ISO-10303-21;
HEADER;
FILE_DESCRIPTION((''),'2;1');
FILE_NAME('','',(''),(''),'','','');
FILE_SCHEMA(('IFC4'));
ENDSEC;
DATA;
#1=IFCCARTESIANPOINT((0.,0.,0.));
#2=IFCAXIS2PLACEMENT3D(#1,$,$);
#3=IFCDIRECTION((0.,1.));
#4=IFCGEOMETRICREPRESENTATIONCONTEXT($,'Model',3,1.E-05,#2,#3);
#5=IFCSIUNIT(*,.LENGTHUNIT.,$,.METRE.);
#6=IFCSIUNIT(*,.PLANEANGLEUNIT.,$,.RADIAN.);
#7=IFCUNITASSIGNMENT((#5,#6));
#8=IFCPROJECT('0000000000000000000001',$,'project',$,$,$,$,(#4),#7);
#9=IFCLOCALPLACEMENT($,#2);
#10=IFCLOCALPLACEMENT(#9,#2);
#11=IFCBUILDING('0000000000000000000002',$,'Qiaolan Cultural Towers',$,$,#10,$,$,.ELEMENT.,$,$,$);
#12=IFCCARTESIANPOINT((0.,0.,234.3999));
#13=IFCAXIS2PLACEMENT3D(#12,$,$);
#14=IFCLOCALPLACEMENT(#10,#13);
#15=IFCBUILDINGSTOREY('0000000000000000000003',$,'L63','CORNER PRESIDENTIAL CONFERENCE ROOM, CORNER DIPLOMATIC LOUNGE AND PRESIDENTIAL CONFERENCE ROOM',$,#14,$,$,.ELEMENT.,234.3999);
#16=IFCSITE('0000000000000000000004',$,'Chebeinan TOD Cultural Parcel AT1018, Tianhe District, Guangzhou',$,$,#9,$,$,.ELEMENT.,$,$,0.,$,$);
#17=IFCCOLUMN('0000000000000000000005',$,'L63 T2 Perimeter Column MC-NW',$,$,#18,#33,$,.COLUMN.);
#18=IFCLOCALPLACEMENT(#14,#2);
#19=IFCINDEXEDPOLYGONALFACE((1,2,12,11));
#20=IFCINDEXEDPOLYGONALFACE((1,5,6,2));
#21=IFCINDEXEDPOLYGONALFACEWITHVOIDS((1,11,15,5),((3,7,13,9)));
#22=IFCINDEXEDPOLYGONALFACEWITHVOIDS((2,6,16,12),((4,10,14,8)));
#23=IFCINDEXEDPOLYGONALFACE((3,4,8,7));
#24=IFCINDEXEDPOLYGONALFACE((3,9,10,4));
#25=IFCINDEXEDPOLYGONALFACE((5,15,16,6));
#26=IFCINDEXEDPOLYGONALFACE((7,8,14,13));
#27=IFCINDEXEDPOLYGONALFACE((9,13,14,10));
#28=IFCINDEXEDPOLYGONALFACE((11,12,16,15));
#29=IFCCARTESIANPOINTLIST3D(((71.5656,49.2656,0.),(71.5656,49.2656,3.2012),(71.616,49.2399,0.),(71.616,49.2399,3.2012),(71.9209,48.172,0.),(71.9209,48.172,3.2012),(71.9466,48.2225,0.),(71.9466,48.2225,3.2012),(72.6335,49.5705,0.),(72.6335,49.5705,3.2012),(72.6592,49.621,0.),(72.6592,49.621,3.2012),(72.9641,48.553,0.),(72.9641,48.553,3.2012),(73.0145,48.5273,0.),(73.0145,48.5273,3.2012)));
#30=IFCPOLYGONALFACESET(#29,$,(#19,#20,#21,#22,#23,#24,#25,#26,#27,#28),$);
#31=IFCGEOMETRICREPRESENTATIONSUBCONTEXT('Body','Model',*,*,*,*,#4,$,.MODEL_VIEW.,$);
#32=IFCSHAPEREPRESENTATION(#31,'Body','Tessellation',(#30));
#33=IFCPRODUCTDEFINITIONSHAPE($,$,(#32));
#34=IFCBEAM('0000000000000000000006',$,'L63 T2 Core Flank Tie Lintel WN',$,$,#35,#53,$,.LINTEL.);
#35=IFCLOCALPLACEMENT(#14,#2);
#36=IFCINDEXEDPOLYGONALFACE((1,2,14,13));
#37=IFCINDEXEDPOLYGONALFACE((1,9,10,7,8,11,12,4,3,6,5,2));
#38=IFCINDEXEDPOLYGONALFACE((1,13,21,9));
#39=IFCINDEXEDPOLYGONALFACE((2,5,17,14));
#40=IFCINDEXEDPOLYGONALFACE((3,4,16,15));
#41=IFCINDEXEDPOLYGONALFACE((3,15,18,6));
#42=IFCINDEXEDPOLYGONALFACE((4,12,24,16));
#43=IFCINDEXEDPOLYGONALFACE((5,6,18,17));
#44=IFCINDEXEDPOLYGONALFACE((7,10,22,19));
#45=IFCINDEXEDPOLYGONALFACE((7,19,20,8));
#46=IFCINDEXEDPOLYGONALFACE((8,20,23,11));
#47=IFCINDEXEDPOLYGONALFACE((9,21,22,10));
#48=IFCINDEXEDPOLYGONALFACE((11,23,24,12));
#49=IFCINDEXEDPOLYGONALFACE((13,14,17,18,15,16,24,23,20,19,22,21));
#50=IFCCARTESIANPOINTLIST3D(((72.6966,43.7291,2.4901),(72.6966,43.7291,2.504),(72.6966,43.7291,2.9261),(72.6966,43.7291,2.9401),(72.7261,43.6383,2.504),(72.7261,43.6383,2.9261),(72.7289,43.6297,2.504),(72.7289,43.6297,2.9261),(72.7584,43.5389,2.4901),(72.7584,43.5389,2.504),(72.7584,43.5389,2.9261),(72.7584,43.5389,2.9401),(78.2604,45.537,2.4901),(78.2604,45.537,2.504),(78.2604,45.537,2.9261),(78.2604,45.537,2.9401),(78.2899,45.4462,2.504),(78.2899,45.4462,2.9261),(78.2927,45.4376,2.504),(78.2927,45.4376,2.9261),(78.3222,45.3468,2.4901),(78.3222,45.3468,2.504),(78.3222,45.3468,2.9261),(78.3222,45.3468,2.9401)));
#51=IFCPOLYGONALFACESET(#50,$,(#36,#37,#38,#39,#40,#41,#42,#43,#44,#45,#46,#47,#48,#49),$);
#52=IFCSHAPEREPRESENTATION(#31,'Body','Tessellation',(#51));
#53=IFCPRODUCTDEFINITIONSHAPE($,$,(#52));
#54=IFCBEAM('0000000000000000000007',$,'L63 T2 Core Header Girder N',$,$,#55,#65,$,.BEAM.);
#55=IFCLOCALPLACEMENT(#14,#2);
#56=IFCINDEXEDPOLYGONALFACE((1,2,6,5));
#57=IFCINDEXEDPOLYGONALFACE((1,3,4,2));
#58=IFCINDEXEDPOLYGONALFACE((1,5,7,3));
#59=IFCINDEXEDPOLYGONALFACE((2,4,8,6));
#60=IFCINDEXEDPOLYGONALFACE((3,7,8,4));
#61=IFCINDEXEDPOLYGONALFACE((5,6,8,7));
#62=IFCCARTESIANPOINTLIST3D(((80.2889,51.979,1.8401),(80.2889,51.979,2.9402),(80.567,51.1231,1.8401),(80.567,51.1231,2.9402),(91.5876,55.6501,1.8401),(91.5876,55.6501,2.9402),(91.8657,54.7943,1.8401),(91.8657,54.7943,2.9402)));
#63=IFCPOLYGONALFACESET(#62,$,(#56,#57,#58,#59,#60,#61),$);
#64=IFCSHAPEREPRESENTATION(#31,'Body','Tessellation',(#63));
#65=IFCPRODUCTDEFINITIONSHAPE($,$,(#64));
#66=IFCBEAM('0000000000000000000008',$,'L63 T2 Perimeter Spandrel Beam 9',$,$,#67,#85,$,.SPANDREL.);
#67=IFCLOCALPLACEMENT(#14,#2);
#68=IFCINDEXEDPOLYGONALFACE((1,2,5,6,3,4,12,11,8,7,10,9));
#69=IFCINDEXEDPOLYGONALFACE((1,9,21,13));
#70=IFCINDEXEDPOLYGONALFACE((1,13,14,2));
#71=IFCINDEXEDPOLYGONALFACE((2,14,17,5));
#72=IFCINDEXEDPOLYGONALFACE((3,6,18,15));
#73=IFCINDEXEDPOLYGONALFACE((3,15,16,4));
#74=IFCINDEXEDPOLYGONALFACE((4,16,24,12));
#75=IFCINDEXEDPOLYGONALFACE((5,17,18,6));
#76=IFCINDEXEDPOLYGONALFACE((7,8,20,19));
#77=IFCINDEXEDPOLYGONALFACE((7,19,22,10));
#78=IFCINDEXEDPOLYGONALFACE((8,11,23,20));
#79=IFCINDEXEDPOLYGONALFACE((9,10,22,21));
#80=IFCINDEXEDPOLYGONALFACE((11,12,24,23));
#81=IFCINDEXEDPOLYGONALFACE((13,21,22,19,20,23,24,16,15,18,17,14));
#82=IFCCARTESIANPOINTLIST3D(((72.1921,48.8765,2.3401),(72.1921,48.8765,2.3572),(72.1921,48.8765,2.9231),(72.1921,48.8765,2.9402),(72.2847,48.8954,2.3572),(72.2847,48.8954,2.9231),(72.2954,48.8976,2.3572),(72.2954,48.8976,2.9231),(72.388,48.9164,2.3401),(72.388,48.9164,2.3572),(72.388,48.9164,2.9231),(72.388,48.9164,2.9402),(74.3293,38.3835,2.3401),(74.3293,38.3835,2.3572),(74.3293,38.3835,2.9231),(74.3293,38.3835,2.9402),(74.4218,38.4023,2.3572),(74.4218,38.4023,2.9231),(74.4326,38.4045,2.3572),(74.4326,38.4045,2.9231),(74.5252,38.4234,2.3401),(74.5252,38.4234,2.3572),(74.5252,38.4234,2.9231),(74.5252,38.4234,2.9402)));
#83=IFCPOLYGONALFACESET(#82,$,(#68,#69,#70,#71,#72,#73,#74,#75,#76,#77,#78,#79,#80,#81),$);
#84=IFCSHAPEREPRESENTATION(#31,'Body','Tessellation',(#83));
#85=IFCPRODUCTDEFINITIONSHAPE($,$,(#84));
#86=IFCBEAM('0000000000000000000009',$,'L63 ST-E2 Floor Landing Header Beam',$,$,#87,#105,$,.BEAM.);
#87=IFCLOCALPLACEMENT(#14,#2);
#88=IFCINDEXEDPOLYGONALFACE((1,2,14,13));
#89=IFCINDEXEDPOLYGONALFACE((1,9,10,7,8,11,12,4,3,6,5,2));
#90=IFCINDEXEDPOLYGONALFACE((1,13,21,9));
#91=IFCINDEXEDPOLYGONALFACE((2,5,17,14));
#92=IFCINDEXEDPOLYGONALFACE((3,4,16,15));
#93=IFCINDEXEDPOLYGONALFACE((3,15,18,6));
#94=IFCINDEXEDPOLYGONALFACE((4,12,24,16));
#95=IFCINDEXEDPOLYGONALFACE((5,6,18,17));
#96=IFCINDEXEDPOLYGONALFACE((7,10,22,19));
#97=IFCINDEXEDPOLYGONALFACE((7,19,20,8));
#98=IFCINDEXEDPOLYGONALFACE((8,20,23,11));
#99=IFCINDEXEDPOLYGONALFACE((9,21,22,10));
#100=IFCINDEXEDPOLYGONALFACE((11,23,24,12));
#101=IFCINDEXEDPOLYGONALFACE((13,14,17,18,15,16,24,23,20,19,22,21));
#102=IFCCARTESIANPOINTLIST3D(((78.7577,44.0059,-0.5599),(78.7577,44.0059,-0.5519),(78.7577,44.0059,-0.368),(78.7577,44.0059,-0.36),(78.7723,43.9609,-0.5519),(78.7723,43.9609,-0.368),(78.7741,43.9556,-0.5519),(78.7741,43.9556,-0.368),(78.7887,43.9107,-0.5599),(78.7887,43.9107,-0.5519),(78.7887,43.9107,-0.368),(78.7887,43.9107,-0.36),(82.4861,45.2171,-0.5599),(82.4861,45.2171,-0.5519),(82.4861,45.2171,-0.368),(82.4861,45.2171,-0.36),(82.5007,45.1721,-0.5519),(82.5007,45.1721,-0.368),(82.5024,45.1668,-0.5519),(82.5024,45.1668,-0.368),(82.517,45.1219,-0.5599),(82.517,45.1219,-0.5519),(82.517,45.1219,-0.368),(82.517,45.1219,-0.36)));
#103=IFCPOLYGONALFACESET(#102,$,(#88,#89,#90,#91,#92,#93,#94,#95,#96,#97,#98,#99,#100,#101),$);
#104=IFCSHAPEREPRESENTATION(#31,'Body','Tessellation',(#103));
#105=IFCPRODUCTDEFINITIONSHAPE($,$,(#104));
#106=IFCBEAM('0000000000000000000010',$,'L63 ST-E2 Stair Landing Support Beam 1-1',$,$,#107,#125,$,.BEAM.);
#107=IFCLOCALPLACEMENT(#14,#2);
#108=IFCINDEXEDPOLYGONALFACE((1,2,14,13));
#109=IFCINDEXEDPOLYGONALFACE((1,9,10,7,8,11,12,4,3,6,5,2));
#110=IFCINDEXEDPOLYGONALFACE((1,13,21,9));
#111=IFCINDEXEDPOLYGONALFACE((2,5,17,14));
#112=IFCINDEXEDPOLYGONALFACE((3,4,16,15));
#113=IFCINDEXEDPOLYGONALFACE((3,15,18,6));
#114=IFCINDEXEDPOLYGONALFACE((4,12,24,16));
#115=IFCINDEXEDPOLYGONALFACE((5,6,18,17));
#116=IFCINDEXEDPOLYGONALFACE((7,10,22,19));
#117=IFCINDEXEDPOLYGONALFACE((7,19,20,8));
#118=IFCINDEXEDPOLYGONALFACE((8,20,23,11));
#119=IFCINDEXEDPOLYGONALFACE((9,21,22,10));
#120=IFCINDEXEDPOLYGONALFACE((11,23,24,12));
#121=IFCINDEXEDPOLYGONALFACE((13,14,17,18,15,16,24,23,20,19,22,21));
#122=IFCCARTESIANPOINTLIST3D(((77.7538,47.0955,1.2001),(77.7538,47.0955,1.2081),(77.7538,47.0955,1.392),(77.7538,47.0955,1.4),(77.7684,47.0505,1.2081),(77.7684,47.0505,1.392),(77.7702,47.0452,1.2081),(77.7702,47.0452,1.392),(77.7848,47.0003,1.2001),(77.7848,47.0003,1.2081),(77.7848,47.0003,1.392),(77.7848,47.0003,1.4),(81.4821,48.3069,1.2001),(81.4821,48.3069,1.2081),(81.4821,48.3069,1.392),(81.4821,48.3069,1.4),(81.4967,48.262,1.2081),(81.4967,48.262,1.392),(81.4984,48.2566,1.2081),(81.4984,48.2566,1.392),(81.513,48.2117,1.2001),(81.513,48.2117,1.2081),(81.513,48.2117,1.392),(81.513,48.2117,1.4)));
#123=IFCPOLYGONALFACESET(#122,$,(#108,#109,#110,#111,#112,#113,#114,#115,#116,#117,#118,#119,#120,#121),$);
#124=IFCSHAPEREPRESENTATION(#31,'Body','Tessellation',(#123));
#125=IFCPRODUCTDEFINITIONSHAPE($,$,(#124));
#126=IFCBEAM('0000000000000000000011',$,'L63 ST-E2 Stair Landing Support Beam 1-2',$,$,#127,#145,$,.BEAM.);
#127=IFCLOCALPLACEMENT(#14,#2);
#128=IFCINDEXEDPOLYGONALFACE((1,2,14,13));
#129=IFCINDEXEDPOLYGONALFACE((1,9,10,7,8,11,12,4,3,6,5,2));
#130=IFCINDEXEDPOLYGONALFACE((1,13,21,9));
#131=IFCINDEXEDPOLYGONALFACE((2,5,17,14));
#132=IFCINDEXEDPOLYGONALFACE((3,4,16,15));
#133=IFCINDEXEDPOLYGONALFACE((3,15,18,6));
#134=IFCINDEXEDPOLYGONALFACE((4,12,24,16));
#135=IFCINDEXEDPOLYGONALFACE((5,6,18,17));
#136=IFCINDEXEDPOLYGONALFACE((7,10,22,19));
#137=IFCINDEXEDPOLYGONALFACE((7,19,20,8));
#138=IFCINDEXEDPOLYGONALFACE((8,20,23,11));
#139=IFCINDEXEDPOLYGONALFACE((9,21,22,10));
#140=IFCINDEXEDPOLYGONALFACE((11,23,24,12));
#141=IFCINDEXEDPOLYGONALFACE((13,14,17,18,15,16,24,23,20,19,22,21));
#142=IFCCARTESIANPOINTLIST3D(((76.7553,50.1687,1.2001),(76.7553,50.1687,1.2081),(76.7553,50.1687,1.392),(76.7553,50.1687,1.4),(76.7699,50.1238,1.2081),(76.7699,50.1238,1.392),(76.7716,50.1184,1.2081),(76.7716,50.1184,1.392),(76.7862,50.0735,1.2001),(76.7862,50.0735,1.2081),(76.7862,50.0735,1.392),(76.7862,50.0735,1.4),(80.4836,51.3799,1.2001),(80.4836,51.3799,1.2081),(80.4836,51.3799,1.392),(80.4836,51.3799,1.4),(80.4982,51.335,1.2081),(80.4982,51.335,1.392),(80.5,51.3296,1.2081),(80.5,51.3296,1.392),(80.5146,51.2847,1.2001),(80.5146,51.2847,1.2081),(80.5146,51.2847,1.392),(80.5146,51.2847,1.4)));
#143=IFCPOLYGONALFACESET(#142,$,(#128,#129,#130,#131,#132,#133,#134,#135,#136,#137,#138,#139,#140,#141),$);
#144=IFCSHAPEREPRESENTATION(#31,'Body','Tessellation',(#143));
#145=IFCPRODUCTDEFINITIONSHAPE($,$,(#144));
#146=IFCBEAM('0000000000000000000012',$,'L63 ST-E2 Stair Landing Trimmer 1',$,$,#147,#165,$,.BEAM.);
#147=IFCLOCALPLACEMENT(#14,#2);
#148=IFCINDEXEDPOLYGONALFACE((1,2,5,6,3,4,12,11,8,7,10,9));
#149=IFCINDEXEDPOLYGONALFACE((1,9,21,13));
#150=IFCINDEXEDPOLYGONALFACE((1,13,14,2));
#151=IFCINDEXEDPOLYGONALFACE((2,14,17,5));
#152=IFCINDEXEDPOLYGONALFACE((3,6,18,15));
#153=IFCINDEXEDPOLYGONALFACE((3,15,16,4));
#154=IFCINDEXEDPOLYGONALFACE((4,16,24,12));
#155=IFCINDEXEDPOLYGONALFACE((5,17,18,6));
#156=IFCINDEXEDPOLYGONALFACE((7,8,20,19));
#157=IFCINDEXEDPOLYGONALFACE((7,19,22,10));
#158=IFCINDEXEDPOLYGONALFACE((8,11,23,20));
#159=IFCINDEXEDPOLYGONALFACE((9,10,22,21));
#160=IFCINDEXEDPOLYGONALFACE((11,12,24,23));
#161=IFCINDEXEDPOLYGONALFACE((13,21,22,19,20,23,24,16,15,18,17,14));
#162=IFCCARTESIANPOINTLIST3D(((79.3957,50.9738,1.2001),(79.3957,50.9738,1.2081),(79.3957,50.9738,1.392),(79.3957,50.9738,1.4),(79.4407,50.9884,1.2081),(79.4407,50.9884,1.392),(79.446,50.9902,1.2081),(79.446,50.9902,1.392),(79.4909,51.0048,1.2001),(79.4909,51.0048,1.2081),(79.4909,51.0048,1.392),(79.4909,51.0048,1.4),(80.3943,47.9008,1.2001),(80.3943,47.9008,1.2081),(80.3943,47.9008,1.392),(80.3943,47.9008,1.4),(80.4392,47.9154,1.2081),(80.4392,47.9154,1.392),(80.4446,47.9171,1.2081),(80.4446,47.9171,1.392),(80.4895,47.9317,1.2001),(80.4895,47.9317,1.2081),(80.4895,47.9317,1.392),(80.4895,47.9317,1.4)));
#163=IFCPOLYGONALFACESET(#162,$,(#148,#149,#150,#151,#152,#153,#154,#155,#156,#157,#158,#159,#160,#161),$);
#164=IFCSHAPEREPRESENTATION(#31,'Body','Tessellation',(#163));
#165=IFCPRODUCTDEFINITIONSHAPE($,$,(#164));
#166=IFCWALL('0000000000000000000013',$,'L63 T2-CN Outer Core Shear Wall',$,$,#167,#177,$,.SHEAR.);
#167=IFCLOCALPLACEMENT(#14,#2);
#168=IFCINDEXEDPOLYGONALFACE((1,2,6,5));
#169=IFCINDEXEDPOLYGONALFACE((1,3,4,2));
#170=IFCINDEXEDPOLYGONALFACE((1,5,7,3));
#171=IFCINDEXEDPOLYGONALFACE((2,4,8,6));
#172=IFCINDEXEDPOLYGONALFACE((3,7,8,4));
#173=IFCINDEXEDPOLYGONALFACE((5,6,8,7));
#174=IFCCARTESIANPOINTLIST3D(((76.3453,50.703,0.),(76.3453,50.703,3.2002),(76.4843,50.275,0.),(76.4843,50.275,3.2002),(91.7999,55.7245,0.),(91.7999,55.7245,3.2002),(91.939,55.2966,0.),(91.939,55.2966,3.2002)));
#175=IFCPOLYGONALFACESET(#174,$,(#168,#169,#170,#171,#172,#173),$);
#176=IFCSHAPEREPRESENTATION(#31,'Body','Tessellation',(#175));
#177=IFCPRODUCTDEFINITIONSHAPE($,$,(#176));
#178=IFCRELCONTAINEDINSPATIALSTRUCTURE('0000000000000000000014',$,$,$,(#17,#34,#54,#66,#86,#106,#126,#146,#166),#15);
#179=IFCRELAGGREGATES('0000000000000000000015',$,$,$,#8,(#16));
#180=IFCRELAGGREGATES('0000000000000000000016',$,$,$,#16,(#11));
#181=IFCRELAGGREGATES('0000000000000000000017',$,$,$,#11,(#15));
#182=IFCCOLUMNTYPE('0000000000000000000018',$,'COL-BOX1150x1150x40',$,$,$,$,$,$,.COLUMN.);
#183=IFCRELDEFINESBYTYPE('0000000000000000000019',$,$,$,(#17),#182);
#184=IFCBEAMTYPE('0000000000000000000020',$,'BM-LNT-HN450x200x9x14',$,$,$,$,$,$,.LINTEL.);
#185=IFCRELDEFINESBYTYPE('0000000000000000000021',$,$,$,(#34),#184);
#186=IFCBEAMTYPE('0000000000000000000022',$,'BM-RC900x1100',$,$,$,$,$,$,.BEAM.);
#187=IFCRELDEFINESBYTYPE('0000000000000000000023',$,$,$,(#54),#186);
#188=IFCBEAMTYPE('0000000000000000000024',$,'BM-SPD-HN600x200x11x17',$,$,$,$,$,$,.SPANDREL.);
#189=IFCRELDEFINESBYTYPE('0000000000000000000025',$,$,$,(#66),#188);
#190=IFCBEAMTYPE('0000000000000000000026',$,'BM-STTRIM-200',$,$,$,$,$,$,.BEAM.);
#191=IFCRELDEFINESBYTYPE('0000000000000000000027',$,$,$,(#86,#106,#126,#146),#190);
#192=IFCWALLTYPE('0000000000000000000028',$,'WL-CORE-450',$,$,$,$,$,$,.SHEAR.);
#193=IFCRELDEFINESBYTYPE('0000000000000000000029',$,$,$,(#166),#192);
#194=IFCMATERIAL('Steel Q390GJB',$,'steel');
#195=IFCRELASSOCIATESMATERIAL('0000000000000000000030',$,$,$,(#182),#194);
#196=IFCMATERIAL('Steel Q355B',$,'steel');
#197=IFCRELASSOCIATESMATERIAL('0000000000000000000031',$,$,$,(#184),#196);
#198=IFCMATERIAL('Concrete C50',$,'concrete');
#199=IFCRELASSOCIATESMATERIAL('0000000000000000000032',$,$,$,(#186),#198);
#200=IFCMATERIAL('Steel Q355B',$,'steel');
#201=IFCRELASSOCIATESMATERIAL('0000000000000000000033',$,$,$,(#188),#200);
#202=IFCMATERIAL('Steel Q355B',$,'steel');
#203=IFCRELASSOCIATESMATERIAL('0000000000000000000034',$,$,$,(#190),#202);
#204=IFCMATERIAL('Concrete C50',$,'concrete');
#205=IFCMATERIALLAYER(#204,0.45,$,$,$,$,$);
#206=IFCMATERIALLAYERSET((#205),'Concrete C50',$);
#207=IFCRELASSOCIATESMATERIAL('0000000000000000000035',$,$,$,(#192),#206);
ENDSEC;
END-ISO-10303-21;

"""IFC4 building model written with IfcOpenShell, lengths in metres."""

from ifc_helpers import new_model, si_unit, direction, frame, frame_2d, origin, origin_2d, place, context, subcontext, project, spatial, rectangle, hollow_rectangle, i_section, extrude, material, layer, layer_set, material_profile, profile_set, type_object, element, save


model = new_model("IFC4")

# Units and contexts
model_context = context("Model", 3, precision=1e-05, world=origin(), true_north=direction((0.0, 1.0)))
body_context = subcontext(model_context, "Body", "Model", "MODEL_VIEW")
ifc_project = project(units=[si_unit("LENGTHUNIT", "METRE"), si_unit("PLANEANGLEUNIT", "RADIAN")], contexts=[model_context])

# Site, building, storey
site_placement = place(None, origin())
site = spatial("IfcSite", under=ifc_project, at=site_placement, Name="Chebeinan TOD Cultural Parcel AT1018, Tianhe District, Guangzhou", CompositionType="ELEMENT", RefElevation=0.0)
building_placement = place(site_placement, origin())
building = spatial("IfcBuilding", under=site, at=building_placement, Name="Qiaolan Cultural Towers", CompositionType="ELEMENT")
storey_placement = place(building_placement, frame((0.0, 0.0, 234.3999)))
storey = spatial("IfcBuildingStorey", under=building, at=storey_placement, Name="L63", Description="CORNER PRESIDENTIAL CONFERENCE ROOM, CORNER DIPLOMATIC LOUNGE AND PRESIDENTIAL CONFERENCE ROOM", CompositionType="ELEMENT", Elevation=234.3999)

# Column
ifc_material_1 = material(Name="Steel Q390GJB", Category="steel")
ifc_material_profile_1 = material_profile(ifc_material_1, hollow_rectangle(XDim=1.1499, YDim=1.1499, WallThickness=0.04, at=origin_2d()), Name="BOX1150x1150x40")
ifc_profile_set_1 = profile_set([ifc_material_profile_1], Name="Steel Q390GJB")
column_type = type_object("IfcColumnType", Name="COL-BOX1150x1150x40", PredefinedType="COLUMN", material=ifc_profile_set_1)
column_placement = place(storey_placement, frame((72.29, 48.8965, 0.0), z_axis=(0.0, 0.0, 1.0), x_axis=(0.951057, 0.309017, 0.0)))
element("IfcColumn", 1, at=column_placement, inside=storey, type_object=column_type, Name="L63 T2 Perimeter Column MC-NW", PredefinedType="COLUMN", context=body_context, shape_type="SweptSolid", body=[
    extrude(hollow_rectangle(XDim=1.1499, YDim=1.1499, WallThickness=0.04, at=origin_2d()), origin(), (0.0, 0.0, 1.0), 3.2012),
])

# Beams
ifc_material_2 = material(Name="Steel Q355B", Category="steel")
ifc_material_profile_2 = material_profile(ifc_material_2, i_section(OverallWidth=0.2, OverallDepth=0.45, WebThickness=0.009, FlangeThickness=0.0139, at=origin_2d()), Name="HN450x200x9x14")
ifc_profile_set_2 = profile_set([ifc_material_profile_2], Name="Steel Q355B")
beam_type_1 = type_object("IfcBeamType", Name="BM-LNT-HN450x200x9x14", PredefinedType="LINTEL", material=ifc_profile_set_2)
beam_1_placement = place(storey_placement, frame((78.2913, 45.4419, 2.7151), z_axis=(-0.951052, -0.309032, 0.0), x_axis=(0.309032, -0.951052, 0.0)))
element("IfcBeam", 2, at=beam_1_placement, inside=storey, type_object=beam_type_1, Name="L63 T2 Core Flank Tie Lintel WN", PredefinedType="LINTEL", context=body_context, shape_type="SweptSolid", body=[
    extrude(i_section(OverallWidth=0.2, OverallDepth=0.45, WebThickness=0.009, FlangeThickness=0.0139, at=origin_2d()), origin(), (0.0, 0.0, 1.0), 5.8501),
])
ifc_material_3 = material(Name="Concrete C50", Category="concrete")
ifc_material_profile_3 = material_profile(ifc_material_3, rectangle(XDim=0.8999, YDim=1.1001, at=origin_2d()), Name="RC900x1100")
ifc_profile_set_3 = profile_set([ifc_material_profile_3], Name="Concrete C50")
beam_type_2 = type_object("IfcBeamType", Name="BM-RC900x1100", PredefinedType="BEAM", material=ifc_profile_set_3)
beam_2_placement = place(storey_placement, frame((80.428, 51.551, 2.3901), z_axis=(0.951056, 0.309018, 0.0), x_axis=(-0.309018, 0.951056, 0.0)))
element("IfcBeam", 3, at=beam_2_placement, inside=storey, type_object=beam_type_2, Name="L63 T2 Core Header Girder N", PredefinedType="BEAM", context=body_context, shape_type="SweptSolid", body=[
    extrude(rectangle(XDim=0.8999, YDim=1.1001, at=origin_2d()), origin(), (0.0, 0.0, 1.0), 11.8801),
])
ifc_material_4 = material(Name="Steel Q355B", Category="steel")
ifc_material_profile_4 = material_profile(ifc_material_4, i_section(OverallWidth=0.2, OverallDepth=0.6001, WebThickness=0.011, FlangeThickness=0.0171, at=origin_2d()), Name="HN600x200x11x17")
ifc_profile_set_4 = profile_set([ifc_material_profile_4], Name="Steel Q355B")
beam_type_3 = type_object("IfcBeamType", Name="BM-SPD-HN600x200x11x17", PredefinedType="SPANDREL", material=ifc_profile_set_4)
beam_3_placement = place(storey_placement, frame((72.29, 48.8965, 2.6401), z_axis=(0.199579, -0.979882, 0.0), x_axis=(0.979882, 0.199579, 0.0)))
element("IfcBeam", 4, at=beam_3_placement, inside=storey, type_object=beam_type_3, Name="L63 T2 Perimeter Spandrel Beam 9", PredefinedType="SPANDREL", context=body_context, shape_type="SweptSolid", body=[
    extrude(i_section(OverallWidth=0.2, OverallDepth=0.6001, WebThickness=0.011, FlangeThickness=0.0171, at=origin_2d()), origin(), (0.0, 0.0, 1.0), 10.7085),
])
ifc_material_5 = material(Name="Steel Q355B", Category="steel")
ifc_material_profile_5 = material_profile(ifc_material_5, i_section(OverallWidth=0.1001, OverallDepth=0.2, WebThickness=0.0056, FlangeThickness=0.0081, at=origin_2d()), Name="HN200x100x5.5x8")
ifc_profile_set_5 = profile_set([ifc_material_profile_5], Name="Steel Q355B")
beam_type_4 = type_object("IfcBeamType", Name="BM-STTRIM-200", PredefinedType="BEAM", material=ifc_profile_set_5)
for number, where, z_axis, x_axis, name in (
    (5, (78.7732, 43.9583, -0.46), (0.951072, 0.308969, 0.0), (-0.308969, 0.951072, 0.0), "L63 ST-E2 Floor Landing Header Beam"),
    (6, (77.7693, 47.0479, 1.3), (0.951054, 0.309026, 0.0), (-0.309026, 0.951054, 0.0), "L63 ST-E2 Stair Landing Support Beam 1-1"),
    (7, (76.7708, 50.1211, 1.3), (0.951072, 0.308969, 0.0), (-0.308969, 0.951072, 0.0), "L63 ST-E2 Stair Landing Support Beam 1-2"),
):
    element("IfcBeam", number, at=place(storey_placement, frame(where, z_axis=z_axis, x_axis=x_axis)), inside=storey, type_object=beam_type_4, Name=name, PredefinedType="BEAM", context=body_context, shape_type="SweptSolid", body=[
        extrude(i_section(OverallWidth=0.1001, OverallDepth=0.2, WebThickness=0.0056, FlangeThickness=0.0081, at=origin_2d()), origin(), (0.0, 0.0, 1.0), 3.9202),
    ])
beam_4_placement = place(storey_placement, frame((80.4419, 47.9163, 1.3), z_axis=(-0.309033, 0.951051, 0.0), x_axis=(-0.951051, -0.309033, 0.0)))
element("IfcBeam", 8, at=beam_4_placement, inside=storey, type_object=beam_type_4, Name="L63 ST-E2 Stair Landing Trimmer 1", PredefinedType="BEAM", context=body_context, shape_type="SweptSolid", body=[
    extrude(i_section(OverallWidth=0.1001, OverallDepth=0.2, WebThickness=0.0056, FlangeThickness=0.0081, at=origin_2d()), origin(), (0.0, 0.0, 1.0), 3.2312),
])

# Wall
ifc_material_6 = material(Name="Concrete C50", Category="concrete")
ifc_layer_1 = layer(ifc_material_6, 0.45)
ifc_layer_set_1 = layer_set([ifc_layer_1], Name="Concrete C50")
wall_type_1 = type_object("IfcWallType", Name="WL-CORE-450", PredefinedType="SHEAR", material=ifc_layer_set_1)
wall_1_placement = place(storey_placement, frame((76.4148, 50.489, 0.0), z_axis=(0.0, 0.0, 1.0), x_axis=(0.951057, 0.309016, 0.0)))
element("IfcWall", 9, at=wall_1_placement, inside=storey, type_object=wall_type_1, Name="L63 T2-CN Outer Core Shear Wall", PredefinedType="SHEAR", context=body_context, shape_type="SweptSolid", body=[
    extrude(rectangle(XDim=16.25, YDim=0.45, at=frame_2d((8.125, 0.0))), origin(), (0.0, 0.0, 1.0), 3.2002),
])

save(model, "model.ifc")
